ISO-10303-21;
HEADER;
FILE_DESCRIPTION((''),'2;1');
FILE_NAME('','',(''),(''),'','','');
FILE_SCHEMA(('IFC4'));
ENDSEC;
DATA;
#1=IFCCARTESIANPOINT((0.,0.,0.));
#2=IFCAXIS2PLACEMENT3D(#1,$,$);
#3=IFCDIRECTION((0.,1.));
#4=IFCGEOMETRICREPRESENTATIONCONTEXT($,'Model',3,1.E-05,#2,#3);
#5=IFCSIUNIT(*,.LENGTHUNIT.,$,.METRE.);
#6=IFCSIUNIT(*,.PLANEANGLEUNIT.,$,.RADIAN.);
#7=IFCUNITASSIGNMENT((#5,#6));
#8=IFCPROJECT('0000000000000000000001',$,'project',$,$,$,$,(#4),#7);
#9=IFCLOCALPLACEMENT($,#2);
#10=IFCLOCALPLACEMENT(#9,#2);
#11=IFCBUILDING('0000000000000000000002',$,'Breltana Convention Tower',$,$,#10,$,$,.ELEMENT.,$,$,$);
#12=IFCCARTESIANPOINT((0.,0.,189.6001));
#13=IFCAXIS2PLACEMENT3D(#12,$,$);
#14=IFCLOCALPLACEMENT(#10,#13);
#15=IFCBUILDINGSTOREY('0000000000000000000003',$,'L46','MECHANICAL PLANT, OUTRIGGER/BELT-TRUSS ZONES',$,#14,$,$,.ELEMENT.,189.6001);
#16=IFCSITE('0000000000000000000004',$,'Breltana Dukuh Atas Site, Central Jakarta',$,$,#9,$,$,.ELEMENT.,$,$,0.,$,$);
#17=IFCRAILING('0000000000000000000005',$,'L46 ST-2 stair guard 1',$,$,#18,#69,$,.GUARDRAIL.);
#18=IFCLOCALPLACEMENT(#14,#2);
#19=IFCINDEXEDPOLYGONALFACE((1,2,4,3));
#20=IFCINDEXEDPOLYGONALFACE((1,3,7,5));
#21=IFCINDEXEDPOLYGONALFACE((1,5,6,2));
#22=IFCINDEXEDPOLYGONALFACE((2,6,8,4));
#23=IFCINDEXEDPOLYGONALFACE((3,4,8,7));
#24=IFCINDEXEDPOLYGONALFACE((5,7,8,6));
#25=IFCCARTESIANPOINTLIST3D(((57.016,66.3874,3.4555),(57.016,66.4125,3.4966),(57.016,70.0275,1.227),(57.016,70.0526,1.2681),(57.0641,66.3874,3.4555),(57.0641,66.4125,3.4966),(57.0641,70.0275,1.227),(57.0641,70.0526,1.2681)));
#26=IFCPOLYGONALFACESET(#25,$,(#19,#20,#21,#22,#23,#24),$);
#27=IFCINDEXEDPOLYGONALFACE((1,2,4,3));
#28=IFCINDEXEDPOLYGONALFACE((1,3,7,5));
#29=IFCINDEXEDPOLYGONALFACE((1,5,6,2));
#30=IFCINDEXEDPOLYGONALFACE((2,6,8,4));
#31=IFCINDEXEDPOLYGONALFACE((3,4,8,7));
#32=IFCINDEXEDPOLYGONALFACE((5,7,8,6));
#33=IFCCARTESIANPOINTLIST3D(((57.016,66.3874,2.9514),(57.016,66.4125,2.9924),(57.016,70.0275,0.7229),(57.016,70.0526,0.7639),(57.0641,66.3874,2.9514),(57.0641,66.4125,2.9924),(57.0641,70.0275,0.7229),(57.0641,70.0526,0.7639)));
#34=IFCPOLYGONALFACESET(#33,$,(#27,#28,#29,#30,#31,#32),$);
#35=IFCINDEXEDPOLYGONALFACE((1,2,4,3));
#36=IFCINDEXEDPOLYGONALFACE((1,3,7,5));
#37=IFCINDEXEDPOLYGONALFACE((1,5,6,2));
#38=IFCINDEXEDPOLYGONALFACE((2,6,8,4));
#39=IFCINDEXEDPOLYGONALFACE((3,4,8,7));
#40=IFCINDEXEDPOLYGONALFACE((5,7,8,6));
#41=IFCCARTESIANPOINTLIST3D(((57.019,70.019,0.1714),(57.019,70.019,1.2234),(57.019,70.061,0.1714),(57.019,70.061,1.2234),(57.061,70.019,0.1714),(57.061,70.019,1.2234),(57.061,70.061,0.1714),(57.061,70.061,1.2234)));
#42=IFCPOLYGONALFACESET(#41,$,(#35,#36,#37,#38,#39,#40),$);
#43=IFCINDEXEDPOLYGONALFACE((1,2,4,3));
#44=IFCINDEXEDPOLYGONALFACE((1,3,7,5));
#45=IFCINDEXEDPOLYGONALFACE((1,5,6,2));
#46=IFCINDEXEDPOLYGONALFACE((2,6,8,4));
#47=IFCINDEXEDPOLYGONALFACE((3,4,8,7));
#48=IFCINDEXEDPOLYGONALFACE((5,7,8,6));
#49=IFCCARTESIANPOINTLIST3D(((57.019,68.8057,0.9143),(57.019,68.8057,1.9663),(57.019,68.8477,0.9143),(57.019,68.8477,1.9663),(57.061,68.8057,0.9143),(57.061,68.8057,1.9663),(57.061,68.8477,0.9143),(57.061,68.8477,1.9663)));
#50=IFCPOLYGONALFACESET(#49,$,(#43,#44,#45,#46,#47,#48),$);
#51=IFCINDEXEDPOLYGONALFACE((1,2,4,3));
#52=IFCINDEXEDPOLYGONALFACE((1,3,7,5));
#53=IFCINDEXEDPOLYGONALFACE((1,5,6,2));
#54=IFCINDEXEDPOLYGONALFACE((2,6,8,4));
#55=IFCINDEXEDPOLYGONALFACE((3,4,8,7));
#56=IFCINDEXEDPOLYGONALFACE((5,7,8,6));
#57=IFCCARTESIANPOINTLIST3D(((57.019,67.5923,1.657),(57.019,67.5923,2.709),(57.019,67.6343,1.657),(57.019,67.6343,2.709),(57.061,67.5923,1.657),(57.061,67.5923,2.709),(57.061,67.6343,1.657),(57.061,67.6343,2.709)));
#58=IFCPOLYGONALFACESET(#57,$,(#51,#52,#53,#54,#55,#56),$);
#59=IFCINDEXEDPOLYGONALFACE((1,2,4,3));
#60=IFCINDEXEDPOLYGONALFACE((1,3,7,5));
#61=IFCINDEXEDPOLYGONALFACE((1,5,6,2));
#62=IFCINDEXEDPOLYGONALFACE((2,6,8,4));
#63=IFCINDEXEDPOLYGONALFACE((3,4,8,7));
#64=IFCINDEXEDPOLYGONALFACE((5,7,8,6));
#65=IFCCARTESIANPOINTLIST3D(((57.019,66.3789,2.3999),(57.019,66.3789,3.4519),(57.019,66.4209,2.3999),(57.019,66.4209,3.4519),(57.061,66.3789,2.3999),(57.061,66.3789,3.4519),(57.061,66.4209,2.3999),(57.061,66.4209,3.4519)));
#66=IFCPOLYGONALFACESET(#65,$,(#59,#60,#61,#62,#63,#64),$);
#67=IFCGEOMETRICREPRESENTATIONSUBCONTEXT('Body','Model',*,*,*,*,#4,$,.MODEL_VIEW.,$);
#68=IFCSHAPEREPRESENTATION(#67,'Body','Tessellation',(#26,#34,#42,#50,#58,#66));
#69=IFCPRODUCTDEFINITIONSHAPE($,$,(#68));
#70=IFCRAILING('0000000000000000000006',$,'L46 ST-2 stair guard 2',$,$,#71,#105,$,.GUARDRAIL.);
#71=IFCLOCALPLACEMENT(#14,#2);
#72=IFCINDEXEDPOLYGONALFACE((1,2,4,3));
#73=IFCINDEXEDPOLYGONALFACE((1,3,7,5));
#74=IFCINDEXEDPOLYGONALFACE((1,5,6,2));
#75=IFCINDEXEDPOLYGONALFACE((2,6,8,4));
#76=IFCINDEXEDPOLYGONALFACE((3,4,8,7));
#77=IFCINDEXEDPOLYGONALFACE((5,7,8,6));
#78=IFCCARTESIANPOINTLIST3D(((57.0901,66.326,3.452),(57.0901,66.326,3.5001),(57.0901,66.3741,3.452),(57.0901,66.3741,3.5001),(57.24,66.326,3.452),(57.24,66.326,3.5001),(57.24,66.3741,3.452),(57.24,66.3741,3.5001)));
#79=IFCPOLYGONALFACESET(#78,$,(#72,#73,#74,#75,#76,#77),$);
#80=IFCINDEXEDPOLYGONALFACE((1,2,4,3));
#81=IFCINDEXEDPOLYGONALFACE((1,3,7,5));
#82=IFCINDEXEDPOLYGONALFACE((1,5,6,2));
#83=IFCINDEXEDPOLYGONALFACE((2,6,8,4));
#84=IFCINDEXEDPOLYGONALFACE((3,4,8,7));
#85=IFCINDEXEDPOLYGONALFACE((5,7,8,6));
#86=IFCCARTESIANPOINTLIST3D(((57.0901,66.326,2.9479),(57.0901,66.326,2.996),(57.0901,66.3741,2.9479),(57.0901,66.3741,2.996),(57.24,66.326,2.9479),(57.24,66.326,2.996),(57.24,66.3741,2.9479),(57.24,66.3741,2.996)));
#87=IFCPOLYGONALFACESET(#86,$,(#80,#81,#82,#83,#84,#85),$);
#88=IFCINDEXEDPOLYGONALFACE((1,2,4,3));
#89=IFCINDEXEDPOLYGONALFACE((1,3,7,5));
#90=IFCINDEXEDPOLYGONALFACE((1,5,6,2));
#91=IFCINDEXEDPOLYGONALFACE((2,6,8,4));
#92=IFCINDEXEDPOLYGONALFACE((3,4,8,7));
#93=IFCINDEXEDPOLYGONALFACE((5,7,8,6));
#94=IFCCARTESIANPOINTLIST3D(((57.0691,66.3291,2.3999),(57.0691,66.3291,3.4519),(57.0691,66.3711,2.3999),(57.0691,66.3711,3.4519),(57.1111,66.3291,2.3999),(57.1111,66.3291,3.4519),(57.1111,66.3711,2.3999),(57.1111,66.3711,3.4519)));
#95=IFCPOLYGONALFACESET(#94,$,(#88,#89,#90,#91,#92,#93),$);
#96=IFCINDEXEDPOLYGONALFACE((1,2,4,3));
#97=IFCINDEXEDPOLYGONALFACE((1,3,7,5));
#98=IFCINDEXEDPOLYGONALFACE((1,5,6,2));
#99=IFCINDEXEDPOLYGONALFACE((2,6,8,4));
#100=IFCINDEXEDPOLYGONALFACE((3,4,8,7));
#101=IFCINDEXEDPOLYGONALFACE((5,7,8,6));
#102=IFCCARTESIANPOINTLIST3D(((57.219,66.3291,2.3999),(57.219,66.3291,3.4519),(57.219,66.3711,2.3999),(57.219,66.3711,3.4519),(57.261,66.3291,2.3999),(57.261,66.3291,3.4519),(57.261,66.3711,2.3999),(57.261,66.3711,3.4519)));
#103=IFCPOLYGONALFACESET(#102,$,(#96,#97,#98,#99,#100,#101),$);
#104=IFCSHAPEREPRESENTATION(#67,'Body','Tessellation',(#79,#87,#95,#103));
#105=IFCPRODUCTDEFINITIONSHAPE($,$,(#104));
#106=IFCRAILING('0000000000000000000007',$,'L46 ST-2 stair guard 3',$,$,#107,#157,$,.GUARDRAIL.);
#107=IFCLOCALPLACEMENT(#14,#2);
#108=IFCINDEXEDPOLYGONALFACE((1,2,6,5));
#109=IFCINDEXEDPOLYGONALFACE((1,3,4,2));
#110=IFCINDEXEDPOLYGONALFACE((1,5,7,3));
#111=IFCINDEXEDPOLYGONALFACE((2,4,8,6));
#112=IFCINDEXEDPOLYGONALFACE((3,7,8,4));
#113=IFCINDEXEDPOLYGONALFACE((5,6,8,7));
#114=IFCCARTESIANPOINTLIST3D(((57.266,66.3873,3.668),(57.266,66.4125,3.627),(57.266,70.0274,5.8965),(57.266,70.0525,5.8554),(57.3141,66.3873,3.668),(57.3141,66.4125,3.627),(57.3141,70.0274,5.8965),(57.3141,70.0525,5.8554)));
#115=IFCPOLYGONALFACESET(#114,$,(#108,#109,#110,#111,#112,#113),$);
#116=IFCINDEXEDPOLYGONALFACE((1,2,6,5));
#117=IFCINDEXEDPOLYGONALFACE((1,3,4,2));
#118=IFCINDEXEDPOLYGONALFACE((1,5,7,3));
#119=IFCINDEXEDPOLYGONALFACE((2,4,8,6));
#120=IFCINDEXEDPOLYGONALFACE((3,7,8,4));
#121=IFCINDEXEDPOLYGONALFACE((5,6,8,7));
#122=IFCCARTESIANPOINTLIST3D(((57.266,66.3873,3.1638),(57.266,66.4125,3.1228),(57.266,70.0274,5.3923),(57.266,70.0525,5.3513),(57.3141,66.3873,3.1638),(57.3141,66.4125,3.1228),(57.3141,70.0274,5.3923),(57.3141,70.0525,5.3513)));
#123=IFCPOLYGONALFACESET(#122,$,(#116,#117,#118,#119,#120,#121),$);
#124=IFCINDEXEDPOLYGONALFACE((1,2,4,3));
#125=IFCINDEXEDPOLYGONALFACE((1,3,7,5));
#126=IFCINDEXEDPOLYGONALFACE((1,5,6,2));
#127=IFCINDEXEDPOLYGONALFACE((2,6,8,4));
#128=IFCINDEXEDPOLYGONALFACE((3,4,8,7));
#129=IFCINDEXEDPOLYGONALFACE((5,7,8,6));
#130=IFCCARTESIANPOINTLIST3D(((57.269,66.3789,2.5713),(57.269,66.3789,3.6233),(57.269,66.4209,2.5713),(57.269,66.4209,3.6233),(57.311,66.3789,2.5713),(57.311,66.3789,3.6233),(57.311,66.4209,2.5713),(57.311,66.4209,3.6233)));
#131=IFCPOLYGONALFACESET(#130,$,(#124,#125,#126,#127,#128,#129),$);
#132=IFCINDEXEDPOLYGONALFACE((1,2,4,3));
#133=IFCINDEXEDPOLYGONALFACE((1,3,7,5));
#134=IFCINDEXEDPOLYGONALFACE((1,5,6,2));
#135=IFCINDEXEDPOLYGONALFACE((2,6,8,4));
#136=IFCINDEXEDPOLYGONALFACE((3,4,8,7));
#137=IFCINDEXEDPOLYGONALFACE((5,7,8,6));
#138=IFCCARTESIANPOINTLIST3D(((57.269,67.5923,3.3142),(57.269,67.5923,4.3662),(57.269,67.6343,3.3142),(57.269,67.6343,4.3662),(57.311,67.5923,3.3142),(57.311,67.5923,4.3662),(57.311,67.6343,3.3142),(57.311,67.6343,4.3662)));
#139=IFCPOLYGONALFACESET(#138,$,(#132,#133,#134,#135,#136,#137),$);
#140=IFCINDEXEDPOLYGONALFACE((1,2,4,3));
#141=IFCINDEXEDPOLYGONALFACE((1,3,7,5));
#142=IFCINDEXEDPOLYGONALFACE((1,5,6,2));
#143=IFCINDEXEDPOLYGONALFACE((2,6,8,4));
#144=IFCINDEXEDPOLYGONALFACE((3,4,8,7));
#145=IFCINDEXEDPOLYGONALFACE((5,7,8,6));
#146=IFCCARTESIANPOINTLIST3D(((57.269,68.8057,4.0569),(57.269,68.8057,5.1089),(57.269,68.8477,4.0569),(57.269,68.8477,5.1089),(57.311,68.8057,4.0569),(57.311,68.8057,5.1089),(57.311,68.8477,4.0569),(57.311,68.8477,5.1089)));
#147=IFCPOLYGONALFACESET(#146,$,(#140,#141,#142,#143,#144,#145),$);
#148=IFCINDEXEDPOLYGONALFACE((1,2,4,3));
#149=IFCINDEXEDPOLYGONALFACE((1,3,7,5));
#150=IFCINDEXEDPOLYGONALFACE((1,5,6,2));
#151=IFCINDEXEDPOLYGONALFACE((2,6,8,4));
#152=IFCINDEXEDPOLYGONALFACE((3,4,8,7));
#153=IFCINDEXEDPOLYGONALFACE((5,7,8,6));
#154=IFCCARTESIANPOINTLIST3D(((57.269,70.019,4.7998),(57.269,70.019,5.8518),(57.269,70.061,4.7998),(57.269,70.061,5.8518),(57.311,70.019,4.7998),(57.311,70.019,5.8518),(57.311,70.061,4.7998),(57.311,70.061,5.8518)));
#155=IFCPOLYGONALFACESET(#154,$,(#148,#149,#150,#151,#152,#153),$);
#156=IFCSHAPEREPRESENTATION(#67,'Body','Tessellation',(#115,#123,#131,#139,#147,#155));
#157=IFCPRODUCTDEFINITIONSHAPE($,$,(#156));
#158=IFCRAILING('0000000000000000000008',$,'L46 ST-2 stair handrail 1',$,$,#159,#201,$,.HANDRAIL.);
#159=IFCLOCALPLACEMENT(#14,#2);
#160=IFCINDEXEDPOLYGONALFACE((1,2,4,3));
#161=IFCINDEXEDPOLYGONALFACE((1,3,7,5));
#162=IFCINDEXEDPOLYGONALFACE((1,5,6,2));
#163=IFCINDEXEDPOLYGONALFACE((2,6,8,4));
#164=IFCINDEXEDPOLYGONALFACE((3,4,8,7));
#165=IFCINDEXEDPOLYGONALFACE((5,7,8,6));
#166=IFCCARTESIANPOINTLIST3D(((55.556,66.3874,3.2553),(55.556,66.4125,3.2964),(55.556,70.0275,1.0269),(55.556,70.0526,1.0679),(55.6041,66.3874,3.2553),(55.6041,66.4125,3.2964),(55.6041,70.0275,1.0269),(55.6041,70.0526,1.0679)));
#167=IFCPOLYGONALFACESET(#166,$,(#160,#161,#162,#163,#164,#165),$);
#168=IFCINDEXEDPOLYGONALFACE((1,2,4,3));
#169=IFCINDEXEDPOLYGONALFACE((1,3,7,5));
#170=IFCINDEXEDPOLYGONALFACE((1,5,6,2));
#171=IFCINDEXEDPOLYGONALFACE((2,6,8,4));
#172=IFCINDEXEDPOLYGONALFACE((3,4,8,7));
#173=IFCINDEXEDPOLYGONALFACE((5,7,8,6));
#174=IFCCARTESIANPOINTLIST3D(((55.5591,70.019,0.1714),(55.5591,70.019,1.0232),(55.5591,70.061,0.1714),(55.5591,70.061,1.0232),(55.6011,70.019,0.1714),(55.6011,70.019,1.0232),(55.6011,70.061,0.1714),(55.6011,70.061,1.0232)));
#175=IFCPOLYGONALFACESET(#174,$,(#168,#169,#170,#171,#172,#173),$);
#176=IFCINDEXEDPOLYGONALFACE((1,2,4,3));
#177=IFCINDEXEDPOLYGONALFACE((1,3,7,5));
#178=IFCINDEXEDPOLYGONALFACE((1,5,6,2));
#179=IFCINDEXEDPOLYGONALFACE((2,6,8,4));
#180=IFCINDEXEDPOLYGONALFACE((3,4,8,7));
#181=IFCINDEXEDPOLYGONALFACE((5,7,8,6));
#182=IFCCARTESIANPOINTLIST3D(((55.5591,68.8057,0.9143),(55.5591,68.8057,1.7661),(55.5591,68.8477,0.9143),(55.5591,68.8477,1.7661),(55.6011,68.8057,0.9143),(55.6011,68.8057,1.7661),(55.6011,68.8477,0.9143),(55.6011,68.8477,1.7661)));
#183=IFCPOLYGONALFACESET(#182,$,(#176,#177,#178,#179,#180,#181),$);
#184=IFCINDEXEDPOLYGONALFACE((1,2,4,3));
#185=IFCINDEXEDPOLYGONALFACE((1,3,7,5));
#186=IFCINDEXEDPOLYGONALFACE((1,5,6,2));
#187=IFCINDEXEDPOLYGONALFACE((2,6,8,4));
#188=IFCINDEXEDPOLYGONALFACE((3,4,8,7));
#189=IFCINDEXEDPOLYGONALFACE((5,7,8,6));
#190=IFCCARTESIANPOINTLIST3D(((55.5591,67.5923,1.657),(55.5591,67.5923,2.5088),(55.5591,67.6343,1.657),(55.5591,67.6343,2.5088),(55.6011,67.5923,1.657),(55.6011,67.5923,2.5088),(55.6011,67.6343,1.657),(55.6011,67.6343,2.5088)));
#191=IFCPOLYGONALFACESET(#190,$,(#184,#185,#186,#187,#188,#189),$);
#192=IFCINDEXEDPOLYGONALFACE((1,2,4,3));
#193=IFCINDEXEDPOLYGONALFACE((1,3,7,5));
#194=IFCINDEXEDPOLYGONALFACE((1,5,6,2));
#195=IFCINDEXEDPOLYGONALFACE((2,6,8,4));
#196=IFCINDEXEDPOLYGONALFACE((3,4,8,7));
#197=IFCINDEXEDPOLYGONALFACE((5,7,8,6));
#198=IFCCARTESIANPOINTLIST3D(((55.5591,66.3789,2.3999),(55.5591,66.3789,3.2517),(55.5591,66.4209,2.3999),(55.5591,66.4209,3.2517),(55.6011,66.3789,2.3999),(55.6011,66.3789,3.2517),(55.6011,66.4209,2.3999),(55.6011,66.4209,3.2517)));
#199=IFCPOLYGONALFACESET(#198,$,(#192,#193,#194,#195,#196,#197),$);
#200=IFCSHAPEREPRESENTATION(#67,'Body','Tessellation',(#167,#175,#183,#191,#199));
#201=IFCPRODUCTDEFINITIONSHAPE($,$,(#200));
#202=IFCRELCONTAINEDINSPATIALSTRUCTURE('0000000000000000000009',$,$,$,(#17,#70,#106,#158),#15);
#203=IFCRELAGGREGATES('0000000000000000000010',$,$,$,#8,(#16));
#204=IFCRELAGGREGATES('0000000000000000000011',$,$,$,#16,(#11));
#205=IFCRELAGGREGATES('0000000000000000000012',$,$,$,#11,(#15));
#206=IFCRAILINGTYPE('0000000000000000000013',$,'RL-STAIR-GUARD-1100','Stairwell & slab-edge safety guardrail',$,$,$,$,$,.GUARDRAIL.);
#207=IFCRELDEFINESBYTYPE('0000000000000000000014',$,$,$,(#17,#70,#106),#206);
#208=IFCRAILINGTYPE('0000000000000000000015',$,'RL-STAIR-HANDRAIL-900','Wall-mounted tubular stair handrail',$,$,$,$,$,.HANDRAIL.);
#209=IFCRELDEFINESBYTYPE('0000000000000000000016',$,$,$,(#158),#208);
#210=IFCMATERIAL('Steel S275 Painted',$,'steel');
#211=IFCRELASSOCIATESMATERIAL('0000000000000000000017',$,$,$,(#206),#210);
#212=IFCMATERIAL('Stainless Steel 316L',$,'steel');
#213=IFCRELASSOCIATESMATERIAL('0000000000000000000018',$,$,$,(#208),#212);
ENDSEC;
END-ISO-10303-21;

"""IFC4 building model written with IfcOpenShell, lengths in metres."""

from ifc_helpers import new_model, si_unit, direction, frame, origin, origin_2d, place, context, subcontext, project, spatial, rectangle, extrude, material, type_object, element, save


model = new_model("IFC4")

# Units and contexts
model_context = context("Model", 3, precision=1e-05, world=origin(), true_north=direction((0.0, 1.0)))
body_context = subcontext(model_context, "Body", "Model", "MODEL_VIEW")
ifc_project = project(units=[si_unit("LENGTHUNIT", "METRE"), si_unit("PLANEANGLEUNIT", "RADIAN")], contexts=[model_context])

# Site, building, storey
site_placement = place(None, origin())
site = spatial("IfcSite", under=ifc_project, at=site_placement, Name="Breltana Dukuh Atas Site, Central Jakarta", CompositionType="ELEMENT", RefElevation=0.0)
building_placement = place(site_placement, origin())
building = spatial("IfcBuilding", under=site, at=building_placement, Name="Breltana Convention Tower", CompositionType="ELEMENT")
storey_placement = place(building_placement, frame((0.0, 0.0, 189.6001)))
storey = spatial("IfcBuildingStorey", under=building, at=storey_placement, Name="L46", Description="MECHANICAL PLANT, OUTRIGGER/BELT-TRUSS ZONES", CompositionType="ELEMENT", Elevation=189.6001)

# Railings
ifc_material_1 = material(Name="Steel S275 Painted", Category="steel")
railing_type_1 = type_object("IfcRailingType", Name="RL-STAIR-GUARD-1100", Description="Stairwell & slab-edge safety guardrail", PredefinedType="GUARDRAIL", material=ifc_material_1)
railing_1_placement = place(storey_placement, frame((57.04, 70.04, 0.1714)))
element("IfcRailing", 1, at=railing_1_placement, inside=storey, type_object=railing_type_1, Name="L46 ST-2 stair guard 1", PredefinedType="GUARDRAIL", context=body_context, shape_type="SweptSolid", body=[
    extrude(rectangle(XDim=0.0481, YDim=0.0481, at=origin_2d()), frame((0.0, 0.0, 1.0762), z_axis=(0.0, -0.852866, 0.52213), x_axis=(1.0, 0.0, 0.0)), (0.0, 0.0, 1.0), 4.2681),
    extrude(rectangle(XDim=0.0481, YDim=0.0481, at=origin_2d()), frame((0.0, 0.0, 0.572), z_axis=(0.0, -0.852866, 0.52213), x_axis=(1.0, 0.0, 0.0)), (0.0, 0.0, 1.0), 4.2681),
    extrude(rectangle(XDim=0.042, YDim=0.042, at=origin_2d()), origin(), (0.0, 0.0, 1.0), 1.052),
    extrude(rectangle(XDim=0.042, YDim=0.042, at=origin_2d()), frame((0.0, -1.2134, 0.7429)), (0.0, 0.0, 1.0), 1.052),
    extrude(rectangle(XDim=0.042, YDim=0.042, at=origin_2d()), frame((0.0, -2.4268, 1.4856)), (0.0, 0.0, 1.0), 1.052),
    extrude(rectangle(XDim=0.042, YDim=0.042, at=origin_2d()), frame((0.0, -3.6401, 2.2285)), (0.0, 0.0, 1.0), 1.052),
])
railing_2_placement = place(storey_placement, frame((57.0901, 66.3501, 2.3999)))
element("IfcRailing", 2, at=railing_2_placement, inside=storey, type_object=railing_type_1, Name="L46 ST-2 stair guard 2", PredefinedType="GUARDRAIL", context=body_context, shape_type="SweptSolid", body=[
    extrude(rectangle(XDim=0.0481, YDim=0.0481, at=origin_2d()), frame((0.0, 0.0, 1.0762), z_axis=(1.0, 0.0, 0.0), x_axis=(0.0, 1.0, 0.0)), (0.0, 0.0, 1.0), 0.1499),
    extrude(rectangle(XDim=0.0481, YDim=0.0481, at=origin_2d()), frame((0.0, 0.0, 0.572), z_axis=(1.0, 0.0, 0.0), x_axis=(0.0, 1.0, 0.0)), (0.0, 0.0, 1.0), 0.1499),
    extrude(rectangle(XDim=0.042, YDim=0.042, at=origin_2d()), origin(), (0.0, 0.0, 1.0), 1.052),
    extrude(rectangle(XDim=0.042, YDim=0.042, at=origin_2d()), frame((0.1499, 0.0, 0.0)), (0.0, 0.0, 1.0), 1.052),
])
railing_3_placement = place(storey_placement, frame((57.29, 66.3999, 2.5713)))
element("IfcRailing", 3, at=railing_3_placement, inside=storey, type_object=railing_type_1, Name="L46 ST-2 stair guard 3", PredefinedType="GUARDRAIL", context=body_context, shape_type="SweptSolid", body=[
    extrude(rectangle(XDim=0.0481, YDim=0.0481, at=origin_2d()), frame((0.0, 0.0, 1.0762), z_axis=(0.0, 0.852866, 0.52213), x_axis=(-1.0, 0.0, 0.0)), (0.0, 0.0, 1.0), 4.2681),
    extrude(rectangle(XDim=0.0481, YDim=0.0481, at=origin_2d()), frame((0.0, 0.0, 0.572), z_axis=(0.0, 0.852866, 0.52213), x_axis=(-1.0, 0.0, 0.0)), (0.0, 0.0, 1.0), 4.2681),
    extrude(rectangle(XDim=0.042, YDim=0.042, at=origin_2d()), origin(), (0.0, 0.0, 1.0), 1.052),
    extrude(rectangle(XDim=0.042, YDim=0.042, at=origin_2d()), frame((0.0, 1.2134, 0.7429)), (0.0, 0.0, 1.0), 1.052),
    extrude(rectangle(XDim=0.042, YDim=0.042, at=origin_2d()), frame((0.0, 2.4268, 1.4856)), (0.0, 0.0, 1.0), 1.052),
    extrude(rectangle(XDim=0.042, YDim=0.042, at=origin_2d()), frame((0.0, 3.6401, 2.2285)), (0.0, 0.0, 1.0), 1.052),
])
ifc_material_2 = material(Name="Stainless Steel 316L", Category="steel")
railing_type_2 = type_object("IfcRailingType", Name="RL-STAIR-HANDRAIL-900", Description="Wall-mounted tubular stair handrail", PredefinedType="HANDRAIL", material=ifc_material_2)
railing_4_placement = place(storey_placement, frame((55.5801, 70.04, 0.1714)))
element("IfcRailing", 4, at=railing_4_placement, inside=storey, type_object=railing_type_2, Name="L46 ST-2 stair handrail 1", PredefinedType="HANDRAIL", context=body_context, shape_type="SweptSolid", body=[
    extrude(rectangle(XDim=0.0481, YDim=0.0481, at=origin_2d()), frame((0.0, 0.0, 0.876), z_axis=(0.0, -0.852866, 0.52213), x_axis=(1.0, 0.0, 0.0)), (0.0, 0.0, 1.0), 4.2681),
    extrude(rectangle(XDim=0.042, YDim=0.042, at=origin_2d()), origin(), (0.0, 0.0, 1.0), 0.8518),
    extrude(rectangle(XDim=0.042, YDim=0.042, at=origin_2d()), frame((0.0, -1.2134, 0.7429)), (0.0, 0.0, 1.0), 0.8518),
    extrude(rectangle(XDim=0.042, YDim=0.042, at=origin_2d()), frame((0.0, -2.4268, 1.4856)), (0.0, 0.0, 1.0), 0.8518),
    extrude(rectangle(XDim=0.042, YDim=0.042, at=origin_2d()), frame((0.0, -3.6401, 2.2285)), (0.0, 0.0, 1.0), 0.8518),
])

save(model, "model.ifc")
